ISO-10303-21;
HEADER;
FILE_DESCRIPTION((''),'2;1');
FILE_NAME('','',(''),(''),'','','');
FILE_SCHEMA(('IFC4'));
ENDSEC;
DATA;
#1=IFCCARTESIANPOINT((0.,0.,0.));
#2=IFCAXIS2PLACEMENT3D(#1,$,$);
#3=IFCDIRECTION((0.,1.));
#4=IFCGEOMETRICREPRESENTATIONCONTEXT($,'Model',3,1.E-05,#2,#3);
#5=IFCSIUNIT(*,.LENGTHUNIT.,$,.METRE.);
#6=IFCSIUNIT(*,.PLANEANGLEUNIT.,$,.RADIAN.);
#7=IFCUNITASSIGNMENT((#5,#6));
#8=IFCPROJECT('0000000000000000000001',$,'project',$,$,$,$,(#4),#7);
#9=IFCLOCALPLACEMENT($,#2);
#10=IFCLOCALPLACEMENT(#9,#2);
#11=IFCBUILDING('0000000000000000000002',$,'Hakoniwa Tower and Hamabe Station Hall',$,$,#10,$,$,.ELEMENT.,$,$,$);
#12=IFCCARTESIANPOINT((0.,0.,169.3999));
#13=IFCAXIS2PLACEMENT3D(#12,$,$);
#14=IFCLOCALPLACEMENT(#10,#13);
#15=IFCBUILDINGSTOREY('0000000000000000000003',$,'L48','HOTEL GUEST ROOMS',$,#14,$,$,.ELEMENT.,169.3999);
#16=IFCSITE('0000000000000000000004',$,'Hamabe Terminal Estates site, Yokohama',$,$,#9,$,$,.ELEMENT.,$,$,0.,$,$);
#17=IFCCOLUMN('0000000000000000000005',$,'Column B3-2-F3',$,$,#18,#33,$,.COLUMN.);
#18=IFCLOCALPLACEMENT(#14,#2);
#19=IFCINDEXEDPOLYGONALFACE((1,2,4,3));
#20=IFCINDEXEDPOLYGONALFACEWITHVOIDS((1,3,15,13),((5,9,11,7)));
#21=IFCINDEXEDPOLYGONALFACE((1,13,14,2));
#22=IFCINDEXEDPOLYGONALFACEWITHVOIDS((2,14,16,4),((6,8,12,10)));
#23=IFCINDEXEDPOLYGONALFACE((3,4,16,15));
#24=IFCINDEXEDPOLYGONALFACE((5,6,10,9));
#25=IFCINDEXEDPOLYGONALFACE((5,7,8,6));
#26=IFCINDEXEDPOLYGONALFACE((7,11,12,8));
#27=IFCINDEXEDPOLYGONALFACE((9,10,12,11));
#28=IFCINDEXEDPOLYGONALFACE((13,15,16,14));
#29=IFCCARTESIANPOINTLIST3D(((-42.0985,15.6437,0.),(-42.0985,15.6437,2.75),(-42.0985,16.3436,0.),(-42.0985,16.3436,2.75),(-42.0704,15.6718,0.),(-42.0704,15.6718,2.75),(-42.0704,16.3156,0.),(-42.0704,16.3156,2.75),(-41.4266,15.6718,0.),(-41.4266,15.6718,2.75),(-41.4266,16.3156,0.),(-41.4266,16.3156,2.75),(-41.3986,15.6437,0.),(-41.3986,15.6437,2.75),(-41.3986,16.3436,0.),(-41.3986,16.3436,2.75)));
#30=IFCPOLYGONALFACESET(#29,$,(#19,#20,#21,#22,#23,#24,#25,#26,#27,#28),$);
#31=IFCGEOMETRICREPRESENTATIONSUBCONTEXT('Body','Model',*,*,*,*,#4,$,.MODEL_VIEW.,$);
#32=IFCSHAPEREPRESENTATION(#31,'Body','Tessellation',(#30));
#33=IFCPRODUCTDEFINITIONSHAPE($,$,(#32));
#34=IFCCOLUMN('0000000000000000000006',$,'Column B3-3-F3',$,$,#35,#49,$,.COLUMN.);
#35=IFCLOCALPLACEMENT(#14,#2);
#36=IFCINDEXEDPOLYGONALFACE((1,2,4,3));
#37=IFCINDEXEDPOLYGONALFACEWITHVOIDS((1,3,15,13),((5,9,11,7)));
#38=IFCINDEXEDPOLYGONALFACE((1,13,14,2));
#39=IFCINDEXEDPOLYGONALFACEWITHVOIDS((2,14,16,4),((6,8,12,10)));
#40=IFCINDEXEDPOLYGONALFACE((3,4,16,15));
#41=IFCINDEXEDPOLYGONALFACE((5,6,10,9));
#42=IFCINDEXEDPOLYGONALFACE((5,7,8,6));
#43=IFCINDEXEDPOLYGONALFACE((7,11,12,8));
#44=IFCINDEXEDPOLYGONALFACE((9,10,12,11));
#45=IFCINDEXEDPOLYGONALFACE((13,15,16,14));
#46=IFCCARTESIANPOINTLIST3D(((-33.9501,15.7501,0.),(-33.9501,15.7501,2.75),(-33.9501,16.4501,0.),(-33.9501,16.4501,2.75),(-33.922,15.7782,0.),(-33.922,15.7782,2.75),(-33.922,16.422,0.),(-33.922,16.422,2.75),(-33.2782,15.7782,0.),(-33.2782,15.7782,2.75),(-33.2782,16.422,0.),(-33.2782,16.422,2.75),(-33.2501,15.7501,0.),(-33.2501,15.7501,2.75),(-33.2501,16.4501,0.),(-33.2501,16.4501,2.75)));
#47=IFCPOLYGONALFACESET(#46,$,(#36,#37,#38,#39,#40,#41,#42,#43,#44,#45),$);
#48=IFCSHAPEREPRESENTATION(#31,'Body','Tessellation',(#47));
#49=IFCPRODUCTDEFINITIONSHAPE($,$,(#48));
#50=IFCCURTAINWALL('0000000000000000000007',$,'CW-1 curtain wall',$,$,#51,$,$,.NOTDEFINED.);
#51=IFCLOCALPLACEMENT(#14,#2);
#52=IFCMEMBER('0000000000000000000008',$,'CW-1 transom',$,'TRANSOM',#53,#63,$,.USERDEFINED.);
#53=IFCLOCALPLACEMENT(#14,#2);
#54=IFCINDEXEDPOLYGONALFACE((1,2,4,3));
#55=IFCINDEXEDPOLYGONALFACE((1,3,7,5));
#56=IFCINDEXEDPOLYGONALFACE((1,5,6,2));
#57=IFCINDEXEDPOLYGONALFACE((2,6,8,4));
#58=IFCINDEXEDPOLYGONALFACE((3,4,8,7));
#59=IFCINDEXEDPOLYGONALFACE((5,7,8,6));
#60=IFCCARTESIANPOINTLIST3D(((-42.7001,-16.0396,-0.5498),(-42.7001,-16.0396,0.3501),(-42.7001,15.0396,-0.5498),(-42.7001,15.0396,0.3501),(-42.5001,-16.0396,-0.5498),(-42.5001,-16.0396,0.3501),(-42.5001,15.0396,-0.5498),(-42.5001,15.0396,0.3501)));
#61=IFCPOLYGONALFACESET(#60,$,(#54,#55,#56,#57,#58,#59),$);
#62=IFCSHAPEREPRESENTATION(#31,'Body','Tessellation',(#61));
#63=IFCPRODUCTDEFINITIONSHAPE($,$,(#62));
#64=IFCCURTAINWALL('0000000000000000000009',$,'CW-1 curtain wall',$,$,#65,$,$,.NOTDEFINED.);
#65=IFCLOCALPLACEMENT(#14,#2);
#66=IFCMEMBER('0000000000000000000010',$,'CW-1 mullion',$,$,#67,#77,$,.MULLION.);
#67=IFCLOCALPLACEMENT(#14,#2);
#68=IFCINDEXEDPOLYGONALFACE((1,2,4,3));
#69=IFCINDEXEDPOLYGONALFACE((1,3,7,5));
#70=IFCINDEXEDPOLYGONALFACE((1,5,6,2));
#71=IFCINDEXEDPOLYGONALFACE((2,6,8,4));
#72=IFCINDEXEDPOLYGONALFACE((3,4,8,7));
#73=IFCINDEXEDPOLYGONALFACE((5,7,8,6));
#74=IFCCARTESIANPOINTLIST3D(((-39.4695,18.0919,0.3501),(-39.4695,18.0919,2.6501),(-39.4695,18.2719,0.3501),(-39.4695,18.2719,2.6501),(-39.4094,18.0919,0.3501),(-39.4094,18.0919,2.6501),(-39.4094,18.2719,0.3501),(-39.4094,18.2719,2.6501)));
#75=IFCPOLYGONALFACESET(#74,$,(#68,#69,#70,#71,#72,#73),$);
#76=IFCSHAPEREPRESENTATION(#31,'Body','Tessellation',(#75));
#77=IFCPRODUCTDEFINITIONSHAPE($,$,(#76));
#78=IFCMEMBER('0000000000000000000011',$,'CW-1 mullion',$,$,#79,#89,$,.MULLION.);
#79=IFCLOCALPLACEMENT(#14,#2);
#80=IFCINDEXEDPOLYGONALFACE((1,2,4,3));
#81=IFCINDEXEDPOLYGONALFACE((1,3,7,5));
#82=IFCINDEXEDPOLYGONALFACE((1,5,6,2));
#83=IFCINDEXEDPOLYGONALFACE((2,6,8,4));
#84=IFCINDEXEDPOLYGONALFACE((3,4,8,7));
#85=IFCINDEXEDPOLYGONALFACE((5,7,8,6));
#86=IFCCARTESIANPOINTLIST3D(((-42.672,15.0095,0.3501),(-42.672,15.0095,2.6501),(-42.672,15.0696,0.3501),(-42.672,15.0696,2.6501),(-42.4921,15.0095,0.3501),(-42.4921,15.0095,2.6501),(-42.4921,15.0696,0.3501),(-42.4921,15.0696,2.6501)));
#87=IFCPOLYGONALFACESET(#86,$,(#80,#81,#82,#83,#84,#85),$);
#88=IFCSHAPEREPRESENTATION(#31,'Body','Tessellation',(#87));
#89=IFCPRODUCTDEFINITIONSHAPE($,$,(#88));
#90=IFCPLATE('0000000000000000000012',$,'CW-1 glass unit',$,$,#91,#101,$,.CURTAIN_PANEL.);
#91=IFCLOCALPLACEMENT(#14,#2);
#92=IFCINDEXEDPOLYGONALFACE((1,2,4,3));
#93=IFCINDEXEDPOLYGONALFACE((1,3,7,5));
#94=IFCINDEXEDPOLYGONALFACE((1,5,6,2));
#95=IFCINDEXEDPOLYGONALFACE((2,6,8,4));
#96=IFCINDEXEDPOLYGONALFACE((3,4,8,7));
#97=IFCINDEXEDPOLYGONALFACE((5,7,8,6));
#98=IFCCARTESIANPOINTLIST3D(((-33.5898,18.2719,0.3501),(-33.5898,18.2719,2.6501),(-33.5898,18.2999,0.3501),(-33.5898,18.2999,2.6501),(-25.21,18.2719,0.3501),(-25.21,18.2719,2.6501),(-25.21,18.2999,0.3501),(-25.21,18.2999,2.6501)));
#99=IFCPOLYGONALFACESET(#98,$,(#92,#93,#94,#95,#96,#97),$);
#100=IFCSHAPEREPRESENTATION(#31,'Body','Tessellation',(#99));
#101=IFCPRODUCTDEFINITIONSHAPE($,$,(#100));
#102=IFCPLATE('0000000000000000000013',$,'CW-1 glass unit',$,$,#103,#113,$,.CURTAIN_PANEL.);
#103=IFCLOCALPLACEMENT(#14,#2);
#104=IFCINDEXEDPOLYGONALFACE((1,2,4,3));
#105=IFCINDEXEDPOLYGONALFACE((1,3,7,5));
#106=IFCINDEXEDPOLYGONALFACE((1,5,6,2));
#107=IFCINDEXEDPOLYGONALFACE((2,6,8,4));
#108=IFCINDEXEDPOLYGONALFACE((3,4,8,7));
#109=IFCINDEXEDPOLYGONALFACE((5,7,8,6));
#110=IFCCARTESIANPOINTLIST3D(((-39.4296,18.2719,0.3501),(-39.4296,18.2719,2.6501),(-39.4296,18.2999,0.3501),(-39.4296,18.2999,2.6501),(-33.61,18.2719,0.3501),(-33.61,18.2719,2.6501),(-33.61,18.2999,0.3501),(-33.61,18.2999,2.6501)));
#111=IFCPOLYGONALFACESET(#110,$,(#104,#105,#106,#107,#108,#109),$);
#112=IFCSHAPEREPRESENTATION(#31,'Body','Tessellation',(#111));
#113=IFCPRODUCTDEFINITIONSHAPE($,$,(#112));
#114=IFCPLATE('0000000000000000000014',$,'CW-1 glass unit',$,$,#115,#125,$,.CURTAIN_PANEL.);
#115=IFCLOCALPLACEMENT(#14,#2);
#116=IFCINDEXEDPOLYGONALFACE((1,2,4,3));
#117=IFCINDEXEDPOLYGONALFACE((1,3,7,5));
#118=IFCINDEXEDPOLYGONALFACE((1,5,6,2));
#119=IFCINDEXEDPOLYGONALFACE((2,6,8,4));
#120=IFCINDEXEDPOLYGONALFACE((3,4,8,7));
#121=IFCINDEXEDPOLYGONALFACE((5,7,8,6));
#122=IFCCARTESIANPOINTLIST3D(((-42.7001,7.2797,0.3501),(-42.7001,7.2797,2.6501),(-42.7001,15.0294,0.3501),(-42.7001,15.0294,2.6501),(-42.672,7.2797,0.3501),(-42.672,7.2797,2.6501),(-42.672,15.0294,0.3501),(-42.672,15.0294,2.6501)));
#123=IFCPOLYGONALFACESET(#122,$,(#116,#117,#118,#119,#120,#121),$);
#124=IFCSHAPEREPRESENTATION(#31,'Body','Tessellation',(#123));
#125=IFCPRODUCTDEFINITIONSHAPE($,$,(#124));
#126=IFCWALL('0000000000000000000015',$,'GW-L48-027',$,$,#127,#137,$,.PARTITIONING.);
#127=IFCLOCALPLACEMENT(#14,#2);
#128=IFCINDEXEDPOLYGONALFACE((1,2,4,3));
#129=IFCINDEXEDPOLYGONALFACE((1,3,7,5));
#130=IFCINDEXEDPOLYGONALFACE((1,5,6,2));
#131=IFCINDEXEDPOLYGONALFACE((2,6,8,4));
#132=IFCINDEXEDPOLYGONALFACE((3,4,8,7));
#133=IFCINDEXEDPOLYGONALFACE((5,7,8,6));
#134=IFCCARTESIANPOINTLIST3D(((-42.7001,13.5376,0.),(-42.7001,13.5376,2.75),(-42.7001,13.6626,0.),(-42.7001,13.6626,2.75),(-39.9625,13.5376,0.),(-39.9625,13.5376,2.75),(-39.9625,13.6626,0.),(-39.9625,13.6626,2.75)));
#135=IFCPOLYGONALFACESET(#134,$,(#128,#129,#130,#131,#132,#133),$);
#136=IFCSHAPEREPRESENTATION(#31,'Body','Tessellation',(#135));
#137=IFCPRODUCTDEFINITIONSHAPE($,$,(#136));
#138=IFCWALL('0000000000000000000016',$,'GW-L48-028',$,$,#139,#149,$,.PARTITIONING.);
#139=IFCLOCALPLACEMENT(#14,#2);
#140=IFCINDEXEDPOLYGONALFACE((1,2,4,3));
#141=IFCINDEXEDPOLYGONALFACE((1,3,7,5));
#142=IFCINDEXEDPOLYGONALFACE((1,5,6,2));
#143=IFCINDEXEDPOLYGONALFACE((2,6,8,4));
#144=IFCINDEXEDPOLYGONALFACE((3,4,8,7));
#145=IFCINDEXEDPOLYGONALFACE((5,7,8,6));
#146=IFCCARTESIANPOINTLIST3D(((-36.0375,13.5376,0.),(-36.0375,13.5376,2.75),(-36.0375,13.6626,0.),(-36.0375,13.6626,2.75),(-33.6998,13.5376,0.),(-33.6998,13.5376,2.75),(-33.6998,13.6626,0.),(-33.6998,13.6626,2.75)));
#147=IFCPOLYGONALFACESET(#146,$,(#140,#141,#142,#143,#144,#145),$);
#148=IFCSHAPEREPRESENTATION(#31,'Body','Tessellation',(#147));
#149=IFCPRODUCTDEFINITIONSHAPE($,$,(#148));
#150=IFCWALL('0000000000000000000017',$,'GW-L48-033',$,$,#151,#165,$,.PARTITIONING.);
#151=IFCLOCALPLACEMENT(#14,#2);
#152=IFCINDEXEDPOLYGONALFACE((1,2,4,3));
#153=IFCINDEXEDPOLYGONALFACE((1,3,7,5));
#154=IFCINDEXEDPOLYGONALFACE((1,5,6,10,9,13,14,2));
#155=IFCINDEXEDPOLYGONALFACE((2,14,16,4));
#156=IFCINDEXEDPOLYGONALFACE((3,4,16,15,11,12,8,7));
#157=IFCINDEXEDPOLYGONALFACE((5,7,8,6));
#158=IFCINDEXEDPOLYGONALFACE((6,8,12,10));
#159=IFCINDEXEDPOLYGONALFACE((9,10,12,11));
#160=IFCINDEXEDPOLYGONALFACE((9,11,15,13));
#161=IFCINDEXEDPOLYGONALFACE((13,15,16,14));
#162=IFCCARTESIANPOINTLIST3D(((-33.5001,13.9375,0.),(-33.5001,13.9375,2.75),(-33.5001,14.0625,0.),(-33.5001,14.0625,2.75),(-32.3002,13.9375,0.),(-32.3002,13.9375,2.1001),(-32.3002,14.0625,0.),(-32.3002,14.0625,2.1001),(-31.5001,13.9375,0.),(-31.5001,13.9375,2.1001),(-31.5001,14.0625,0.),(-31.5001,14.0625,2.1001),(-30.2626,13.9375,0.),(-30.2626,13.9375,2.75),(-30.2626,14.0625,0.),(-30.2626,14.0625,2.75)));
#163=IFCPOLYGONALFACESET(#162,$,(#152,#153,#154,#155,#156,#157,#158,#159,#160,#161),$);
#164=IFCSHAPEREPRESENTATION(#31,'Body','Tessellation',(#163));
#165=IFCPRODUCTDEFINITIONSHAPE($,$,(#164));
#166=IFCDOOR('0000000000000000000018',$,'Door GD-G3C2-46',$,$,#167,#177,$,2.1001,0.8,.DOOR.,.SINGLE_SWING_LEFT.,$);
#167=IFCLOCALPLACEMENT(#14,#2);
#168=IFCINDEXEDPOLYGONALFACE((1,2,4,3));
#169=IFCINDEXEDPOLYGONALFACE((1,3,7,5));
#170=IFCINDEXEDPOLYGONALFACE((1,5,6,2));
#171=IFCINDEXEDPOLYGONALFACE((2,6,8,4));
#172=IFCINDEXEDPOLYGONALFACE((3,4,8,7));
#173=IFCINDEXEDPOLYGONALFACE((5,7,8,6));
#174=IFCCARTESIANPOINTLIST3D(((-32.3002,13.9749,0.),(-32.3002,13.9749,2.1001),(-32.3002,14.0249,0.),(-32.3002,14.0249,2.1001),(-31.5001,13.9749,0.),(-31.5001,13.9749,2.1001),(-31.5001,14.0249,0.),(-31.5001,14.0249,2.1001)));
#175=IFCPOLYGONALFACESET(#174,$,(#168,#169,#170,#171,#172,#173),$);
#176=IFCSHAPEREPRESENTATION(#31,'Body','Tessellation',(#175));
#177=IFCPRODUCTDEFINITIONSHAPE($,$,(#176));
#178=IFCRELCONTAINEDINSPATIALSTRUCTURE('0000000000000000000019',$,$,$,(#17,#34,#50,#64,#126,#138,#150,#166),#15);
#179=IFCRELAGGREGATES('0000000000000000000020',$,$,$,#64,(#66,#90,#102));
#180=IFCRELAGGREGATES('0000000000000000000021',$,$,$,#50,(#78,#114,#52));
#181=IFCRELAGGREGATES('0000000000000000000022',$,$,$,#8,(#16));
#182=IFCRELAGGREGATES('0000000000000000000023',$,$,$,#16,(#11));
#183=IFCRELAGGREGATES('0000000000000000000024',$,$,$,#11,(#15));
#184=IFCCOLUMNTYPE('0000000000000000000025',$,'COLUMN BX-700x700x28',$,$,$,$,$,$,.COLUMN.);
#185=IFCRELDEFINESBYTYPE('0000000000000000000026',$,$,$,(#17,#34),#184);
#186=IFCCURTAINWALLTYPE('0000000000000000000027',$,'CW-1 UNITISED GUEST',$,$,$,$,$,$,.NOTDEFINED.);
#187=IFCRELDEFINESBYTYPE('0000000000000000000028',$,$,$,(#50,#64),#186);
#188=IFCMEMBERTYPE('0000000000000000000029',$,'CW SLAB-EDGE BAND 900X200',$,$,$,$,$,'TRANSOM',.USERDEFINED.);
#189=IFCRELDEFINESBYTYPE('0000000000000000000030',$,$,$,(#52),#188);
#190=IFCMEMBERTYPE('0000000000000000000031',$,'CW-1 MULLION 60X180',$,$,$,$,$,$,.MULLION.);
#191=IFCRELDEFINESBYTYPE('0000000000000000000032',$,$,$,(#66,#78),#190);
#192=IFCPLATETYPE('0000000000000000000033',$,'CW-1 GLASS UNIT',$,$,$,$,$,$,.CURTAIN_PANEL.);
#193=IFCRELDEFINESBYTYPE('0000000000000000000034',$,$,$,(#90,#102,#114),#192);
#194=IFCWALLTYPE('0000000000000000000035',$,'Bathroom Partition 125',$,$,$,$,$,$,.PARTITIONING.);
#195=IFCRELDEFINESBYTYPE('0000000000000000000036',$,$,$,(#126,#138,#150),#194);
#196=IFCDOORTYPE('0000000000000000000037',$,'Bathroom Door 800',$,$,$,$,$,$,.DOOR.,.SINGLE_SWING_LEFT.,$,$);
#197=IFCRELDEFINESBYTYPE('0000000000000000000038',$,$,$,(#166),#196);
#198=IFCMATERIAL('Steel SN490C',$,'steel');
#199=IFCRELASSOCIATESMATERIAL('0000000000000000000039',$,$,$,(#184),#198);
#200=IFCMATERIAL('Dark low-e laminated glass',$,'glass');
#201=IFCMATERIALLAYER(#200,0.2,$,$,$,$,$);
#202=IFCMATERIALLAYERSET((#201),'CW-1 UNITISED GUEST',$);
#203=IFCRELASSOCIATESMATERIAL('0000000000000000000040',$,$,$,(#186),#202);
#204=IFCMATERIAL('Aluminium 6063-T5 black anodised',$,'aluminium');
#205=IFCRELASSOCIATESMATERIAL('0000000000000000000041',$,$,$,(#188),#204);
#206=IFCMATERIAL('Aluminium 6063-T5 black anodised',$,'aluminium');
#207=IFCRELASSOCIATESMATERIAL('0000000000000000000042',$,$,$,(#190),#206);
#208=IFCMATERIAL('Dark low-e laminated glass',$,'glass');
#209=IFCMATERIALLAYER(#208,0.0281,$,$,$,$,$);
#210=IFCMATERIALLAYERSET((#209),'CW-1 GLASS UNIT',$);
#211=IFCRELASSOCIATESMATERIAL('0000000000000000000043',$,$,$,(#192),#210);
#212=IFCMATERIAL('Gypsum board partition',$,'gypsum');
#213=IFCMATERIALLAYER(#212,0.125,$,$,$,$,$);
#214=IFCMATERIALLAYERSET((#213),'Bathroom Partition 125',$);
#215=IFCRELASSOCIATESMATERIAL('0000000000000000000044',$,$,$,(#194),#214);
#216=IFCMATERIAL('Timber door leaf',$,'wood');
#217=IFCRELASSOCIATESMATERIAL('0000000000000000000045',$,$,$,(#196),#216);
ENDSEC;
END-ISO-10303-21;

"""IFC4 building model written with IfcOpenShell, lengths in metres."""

from ifc_helpers import new_model, si_unit, direction, frame, frame_2d, origin, origin_2d, place, context, subcontext, project, spatial, rectangle, hollow_rectangle, extrude, material, layer, layer_set, material_profile, profile_set, type_object, element, fill, aggregate, save


model = new_model("IFC4")

# Units and contexts
model_context = context("Model", 3, precision=1e-05, world=origin(), true_north=direction((0.0, 1.0)))
body_context = subcontext(model_context, "Body", "Model", "MODEL_VIEW")
ifc_project = project(units=[si_unit("LENGTHUNIT", "METRE"), si_unit("PLANEANGLEUNIT", "RADIAN")], contexts=[model_context])

# Site, building, storey
site_placement = place(None, origin())
site = spatial("IfcSite", under=ifc_project, at=site_placement, Name="Hamabe Terminal Estates site, Yokohama", CompositionType="ELEMENT", RefElevation=0.0)
building_placement = place(site_placement, origin())
building = spatial("IfcBuilding", under=site, at=building_placement, Name="Hakoniwa Tower and Hamabe Station Hall", CompositionType="ELEMENT")
storey_placement = place(building_placement, frame((0.0, 0.0, 169.3999)))
storey = spatial("IfcBuildingStorey", under=building, at=storey_placement, Name="L48", Description="HOTEL GUEST ROOMS", CompositionType="ELEMENT", Elevation=169.3999)

# Columns
ifc_material_1 = material(Name="Steel SN490C", Category="steel")
ifc_material_profile_1 = material_profile(ifc_material_1, hollow_rectangle(XDim=0.7, YDim=0.7, WallThickness=0.0281, at=origin_2d()), Name="BX-700x700x28")
ifc_profile_set_1 = profile_set([ifc_material_profile_1], Name="Steel SN490C")
column_type = type_object("IfcColumnType", Name="COLUMN BX-700x700x28", PredefinedType="COLUMN", material=ifc_profile_set_1)
for number, where, z_axis, x_axis, name in (
    (1, (-41.7485, 15.9937, 0.0), (0.0, 0.0, 1.0), (1.0, 0.0, 0.0), "Column B3-2-F3"),
    (2, (-33.6001, 16.1001, 0.0), (0.0, 0.0, 1.0), (1.0, 0.0, 0.0), "Column B3-3-F3"),
):
    element("IfcColumn", number, at=place(storey_placement, frame(where, z_axis=z_axis, x_axis=x_axis)), inside=storey, type_object=column_type, Name=name, PredefinedType="COLUMN", context=body_context, shape_type="SweptSolid", body=[
        extrude(hollow_rectangle(XDim=0.7, YDim=0.7, WallThickness=0.0281, at=origin_2d()), origin(), (0.0, 0.0, 1.0), 2.75),
    ])

# Curtain walls, members
ifc_material_2 = material(Name="Dark low-e laminated glass", Category="glass")
ifc_layer_1 = layer(ifc_material_2, 0.2)
ifc_layer_set_1 = layer_set([ifc_layer_1], Name="CW-1 UNITISED GUEST")
curtain_wall_type = type_object("IfcCurtainWallType", Name="CW-1 UNITISED GUEST", PredefinedType="NOTDEFINED", material=ifc_layer_set_1)
curtain_wall_1_placement = place(storey_placement, origin())
curtain_wall_1 = element("IfcCurtainWall", 3, at=curtain_wall_1_placement, inside=storey, type_object=curtain_wall_type, Name="CW-1 curtain wall", PredefinedType="NOTDEFINED")
ifc_material_3 = material(Name="Aluminium 6063-T5 black anodised", Category="aluminium")
ifc_material_profile_2 = material_profile(ifc_material_3, rectangle(XDim=0.2, YDim=0.8999, at=origin_2d()), Name="CW SLAB-EDGE BAND 900X200")
ifc_profile_set_2 = profile_set([ifc_material_profile_2], Name="Aluminium 6063-T5 black anodised")
member_type_1 = type_object("IfcMemberType", Name="CW SLAB-EDGE BAND 900X200", ElementType="TRANSOM", PredefinedType="USERDEFINED", material=ifc_profile_set_2)
member_1_placement = place(storey_placement, frame((-42.6001, 15.0396, -0.0999), z_axis=(0.0, -1.0, 0.0), x_axis=(1.0, 0.0, 0.0)))
member_1 = element("IfcMember", 4, at=member_1_placement, type_object=member_type_1, Name="CW-1 transom", ObjectType="TRANSOM", PredefinedType="USERDEFINED", context=body_context, shape_type="SweptSolid", body=[
    extrude(rectangle(XDim=0.2, YDim=0.8999, at=origin_2d()), origin(), (0.0, 0.0, 1.0), 31.0791),
])
curtain_wall_2_placement = place(storey_placement, origin())
curtain_wall_2 = element("IfcCurtainWall", 5, at=curtain_wall_2_placement, inside=storey, type_object=curtain_wall_type, Name="CW-1 curtain wall", PredefinedType="NOTDEFINED")
ifc_material_4 = material(Name="Aluminium 6063-T5 black anodised", Category="aluminium")
ifc_material_profile_3 = material_profile(ifc_material_4, rectangle(XDim=0.0601, YDim=0.1799, at=origin_2d()), Name="CW-1 MULLION 60X180")
ifc_profile_set_3 = profile_set([ifc_material_profile_3], Name="Aluminium 6063-T5 black anodised")
member_type_2 = type_object("IfcMemberType", Name="CW-1 MULLION 60X180", PredefinedType="MULLION", material=ifc_profile_set_3)
member_2_placement = place(storey_placement, frame((-39.4395, 18.1819, 0.3501), z_axis=(0.0, 0.0, 1.0), x_axis=(-1.0, 0.0, 0.0)))
member_2 = element("IfcMember", 6, at=member_2_placement, type_object=member_type_2, Name="CW-1 mullion", PredefinedType="MULLION", context=body_context, shape_type="SweptSolid", body=[
    extrude(rectangle(XDim=0.0601, YDim=0.1799, at=origin_2d()), origin(), (0.0, 0.0, 1.0), 2.3),
])

# Member
member_3_placement = place(storey_placement, frame((-42.582, 15.0396, 0.3501), z_axis=(0.0, 0.0, 1.0), x_axis=(0.0, -1.0, 0.0)))
member_3 = element("IfcMember", 7, at=member_3_placement, type_object=member_type_2, Name="CW-1 mullion", PredefinedType="MULLION", context=body_context, shape_type="SweptSolid", body=[
    extrude(rectangle(XDim=0.0601, YDim=0.1799, at=origin_2d()), origin(), (0.0, 0.0, 1.0), 2.3),
])

# Plates
ifc_material_5 = material(Name="Dark low-e laminated glass", Category="glass")
ifc_layer_2 = layer(ifc_material_5, 0.0281)
ifc_layer_set_2 = layer_set([ifc_layer_2], Name="CW-1 GLASS UNIT")
plate_type = type_object("IfcPlateType", Name="CW-1 GLASS UNIT", PredefinedType="CURTAIN_PANEL", material=ifc_layer_set_2)
plate_1_placement = place(storey_placement, frame((-29.3999, 18.2859, 0.3501), z_axis=(0.0, 0.0, 1.0), x_axis=(-1.0, 0.0, 0.0)))
plate_1 = element("IfcPlate", 8, at=plate_1_placement, type_object=plate_type, Name="CW-1 glass unit", PredefinedType="CURTAIN_PANEL", context=body_context, shape_type="SweptSolid", body=[
    extrude(rectangle(XDim=8.3799, YDim=0.0281, at=origin_2d()), origin(), (0.0, 0.0, 1.0), 2.3),
])
plate_2_placement = place(storey_placement, frame((-36.5198, 18.2859, 0.3501), z_axis=(0.0, 0.0, 1.0), x_axis=(-1.0, 0.0, 0.0)))
plate_2 = element("IfcPlate", 9, at=plate_2_placement, type_object=plate_type, Name="CW-1 glass unit", PredefinedType="CURTAIN_PANEL", context=body_context, shape_type="SweptSolid", body=[
    extrude(rectangle(XDim=5.8196, YDim=0.0281, at=origin_2d()), origin(), (0.0, 0.0, 1.0), 2.3),
])
aggregate(curtain_wall_2, [member_2, plate_1, plate_2])
plate_3_placement = place(storey_placement, frame((-42.686, 11.1545, 0.3501), z_axis=(0.0, 0.0, 1.0), x_axis=(0.0, -1.0, 0.0)))
plate_3 = element("IfcPlate", 10, at=plate_3_placement, type_object=plate_type, Name="CW-1 glass unit", PredefinedType="CURTAIN_PANEL", context=body_context, shape_type="SweptSolid", body=[
    extrude(rectangle(XDim=7.7498, YDim=0.0281, at=origin_2d()), origin(), (0.0, 0.0, 1.0), 2.3),
])
aggregate(curtain_wall_1, [member_3, plate_3, member_1])

# Walls
ifc_material_6 = material(Name="Gypsum board partition", Category="gypsum")
ifc_layer_3 = layer(ifc_material_6, 0.125)
ifc_layer_set_3 = layer_set([ifc_layer_3], Name="Bathroom Partition 125")
wall_type_1 = type_object("IfcWallType", Name="Bathroom Partition 125", PredefinedType="PARTITIONING", material=ifc_layer_set_3)
wall_1_placement = place(storey_placement, frame((-42.7, 13.6001, 0.0), z_axis=(0.0, 0.0, 1.0), x_axis=(1.0, 0.0, 0.0)))
element("IfcWall", 11, at=wall_1_placement, inside=storey, type_object=wall_type_1, Name="GW-L48-027", PredefinedType="PARTITIONING", context=body_context, shape_type="SweptSolid", body=[
    extrude(rectangle(XDim=2.7375, YDim=0.125, at=frame_2d((1.3687, 0.0))), origin(), (0.0, 0.0, 1.0), 2.75),
])
wall_2_placement = place(storey_placement, frame((-36.0376, 13.6001, 0.0), z_axis=(0.0, 0.0, 1.0), x_axis=(1.0, 0.0, 0.0)))
element("IfcWall", 12, at=wall_2_placement, inside=storey, type_object=wall_type_1, Name="GW-L48-028", PredefinedType="PARTITIONING", context=body_context, shape_type="SweptSolid", body=[
    extrude(rectangle(XDim=2.3376, YDim=0.125, at=frame_2d((1.1689, 0.0))), origin(), (0.0, 0.0, 1.0), 2.75),
])

# Wall, opening, door
wall_3_placement = place(storey_placement, frame((-33.5, 14.0, 0.0), z_axis=(0.0, 0.0, 1.0), x_axis=(1.0, 0.0, 0.0)))
wall_3 = element("IfcWall", 13, at=wall_3_placement, inside=storey, type_object=wall_type_1, Name="GW-L48-033", PredefinedType="PARTITIONING", context=body_context, shape_type="SweptSolid", body=[
    extrude(rectangle(XDim=3.2375, YDim=0.125, at=frame_2d((1.6187, 0.0))), origin(), (0.0, 0.0, 1.0), 2.75),
])
opening_1_placement = place(wall_3_placement, frame((1.2, 0.0, 0.0)))
opening_1 = element("IfcOpeningElement", 14, at=opening_1_placement, cuts=wall_3, PredefinedType="OPENING", context=body_context, shape_type="SweptSolid", body=[
    extrude(rectangle(XDim=0.8, YDim=2.1001, at=frame_2d((0.3999, 1.05))), frame((0.0, 0.0725, 0.0), z_axis=(0.0, -1.0, 0.0), x_axis=(1.0, 0.0, 0.0)), (0.0, 0.0, 1.0), 0.145),
])
ifc_material_7 = material(Name="Timber door leaf", Category="wood")
door_type = type_object("IfcDoorType", Name="Bathroom Door 800", OperationType="SINGLE_SWING_LEFT", PredefinedType="DOOR", material=ifc_material_7)
door_1_placement = place(opening_1_placement, origin())
door_1 = element("IfcDoor", 15, at=door_1_placement, inside=storey, type_object=door_type, Name="Door GD-G3C2-46", OperationType="SINGLE_SWING_LEFT", OverallHeight=2.1001, OverallWidth=0.8, PredefinedType="DOOR", context=body_context, shape_type="SweptSolid", body=[
    extrude(rectangle(XDim=0.8, YDim=2.1001, at=frame_2d((0.3999, 1.05))), frame((0.0, 0.0249, 0.0), z_axis=(0.0, -1.0, 0.0), x_axis=(1.0, 0.0, 0.0)), (0.0, 0.0, 1.0), 0.05),
])
fill(opening_1, door_1)

save(model, "model.ifc")
